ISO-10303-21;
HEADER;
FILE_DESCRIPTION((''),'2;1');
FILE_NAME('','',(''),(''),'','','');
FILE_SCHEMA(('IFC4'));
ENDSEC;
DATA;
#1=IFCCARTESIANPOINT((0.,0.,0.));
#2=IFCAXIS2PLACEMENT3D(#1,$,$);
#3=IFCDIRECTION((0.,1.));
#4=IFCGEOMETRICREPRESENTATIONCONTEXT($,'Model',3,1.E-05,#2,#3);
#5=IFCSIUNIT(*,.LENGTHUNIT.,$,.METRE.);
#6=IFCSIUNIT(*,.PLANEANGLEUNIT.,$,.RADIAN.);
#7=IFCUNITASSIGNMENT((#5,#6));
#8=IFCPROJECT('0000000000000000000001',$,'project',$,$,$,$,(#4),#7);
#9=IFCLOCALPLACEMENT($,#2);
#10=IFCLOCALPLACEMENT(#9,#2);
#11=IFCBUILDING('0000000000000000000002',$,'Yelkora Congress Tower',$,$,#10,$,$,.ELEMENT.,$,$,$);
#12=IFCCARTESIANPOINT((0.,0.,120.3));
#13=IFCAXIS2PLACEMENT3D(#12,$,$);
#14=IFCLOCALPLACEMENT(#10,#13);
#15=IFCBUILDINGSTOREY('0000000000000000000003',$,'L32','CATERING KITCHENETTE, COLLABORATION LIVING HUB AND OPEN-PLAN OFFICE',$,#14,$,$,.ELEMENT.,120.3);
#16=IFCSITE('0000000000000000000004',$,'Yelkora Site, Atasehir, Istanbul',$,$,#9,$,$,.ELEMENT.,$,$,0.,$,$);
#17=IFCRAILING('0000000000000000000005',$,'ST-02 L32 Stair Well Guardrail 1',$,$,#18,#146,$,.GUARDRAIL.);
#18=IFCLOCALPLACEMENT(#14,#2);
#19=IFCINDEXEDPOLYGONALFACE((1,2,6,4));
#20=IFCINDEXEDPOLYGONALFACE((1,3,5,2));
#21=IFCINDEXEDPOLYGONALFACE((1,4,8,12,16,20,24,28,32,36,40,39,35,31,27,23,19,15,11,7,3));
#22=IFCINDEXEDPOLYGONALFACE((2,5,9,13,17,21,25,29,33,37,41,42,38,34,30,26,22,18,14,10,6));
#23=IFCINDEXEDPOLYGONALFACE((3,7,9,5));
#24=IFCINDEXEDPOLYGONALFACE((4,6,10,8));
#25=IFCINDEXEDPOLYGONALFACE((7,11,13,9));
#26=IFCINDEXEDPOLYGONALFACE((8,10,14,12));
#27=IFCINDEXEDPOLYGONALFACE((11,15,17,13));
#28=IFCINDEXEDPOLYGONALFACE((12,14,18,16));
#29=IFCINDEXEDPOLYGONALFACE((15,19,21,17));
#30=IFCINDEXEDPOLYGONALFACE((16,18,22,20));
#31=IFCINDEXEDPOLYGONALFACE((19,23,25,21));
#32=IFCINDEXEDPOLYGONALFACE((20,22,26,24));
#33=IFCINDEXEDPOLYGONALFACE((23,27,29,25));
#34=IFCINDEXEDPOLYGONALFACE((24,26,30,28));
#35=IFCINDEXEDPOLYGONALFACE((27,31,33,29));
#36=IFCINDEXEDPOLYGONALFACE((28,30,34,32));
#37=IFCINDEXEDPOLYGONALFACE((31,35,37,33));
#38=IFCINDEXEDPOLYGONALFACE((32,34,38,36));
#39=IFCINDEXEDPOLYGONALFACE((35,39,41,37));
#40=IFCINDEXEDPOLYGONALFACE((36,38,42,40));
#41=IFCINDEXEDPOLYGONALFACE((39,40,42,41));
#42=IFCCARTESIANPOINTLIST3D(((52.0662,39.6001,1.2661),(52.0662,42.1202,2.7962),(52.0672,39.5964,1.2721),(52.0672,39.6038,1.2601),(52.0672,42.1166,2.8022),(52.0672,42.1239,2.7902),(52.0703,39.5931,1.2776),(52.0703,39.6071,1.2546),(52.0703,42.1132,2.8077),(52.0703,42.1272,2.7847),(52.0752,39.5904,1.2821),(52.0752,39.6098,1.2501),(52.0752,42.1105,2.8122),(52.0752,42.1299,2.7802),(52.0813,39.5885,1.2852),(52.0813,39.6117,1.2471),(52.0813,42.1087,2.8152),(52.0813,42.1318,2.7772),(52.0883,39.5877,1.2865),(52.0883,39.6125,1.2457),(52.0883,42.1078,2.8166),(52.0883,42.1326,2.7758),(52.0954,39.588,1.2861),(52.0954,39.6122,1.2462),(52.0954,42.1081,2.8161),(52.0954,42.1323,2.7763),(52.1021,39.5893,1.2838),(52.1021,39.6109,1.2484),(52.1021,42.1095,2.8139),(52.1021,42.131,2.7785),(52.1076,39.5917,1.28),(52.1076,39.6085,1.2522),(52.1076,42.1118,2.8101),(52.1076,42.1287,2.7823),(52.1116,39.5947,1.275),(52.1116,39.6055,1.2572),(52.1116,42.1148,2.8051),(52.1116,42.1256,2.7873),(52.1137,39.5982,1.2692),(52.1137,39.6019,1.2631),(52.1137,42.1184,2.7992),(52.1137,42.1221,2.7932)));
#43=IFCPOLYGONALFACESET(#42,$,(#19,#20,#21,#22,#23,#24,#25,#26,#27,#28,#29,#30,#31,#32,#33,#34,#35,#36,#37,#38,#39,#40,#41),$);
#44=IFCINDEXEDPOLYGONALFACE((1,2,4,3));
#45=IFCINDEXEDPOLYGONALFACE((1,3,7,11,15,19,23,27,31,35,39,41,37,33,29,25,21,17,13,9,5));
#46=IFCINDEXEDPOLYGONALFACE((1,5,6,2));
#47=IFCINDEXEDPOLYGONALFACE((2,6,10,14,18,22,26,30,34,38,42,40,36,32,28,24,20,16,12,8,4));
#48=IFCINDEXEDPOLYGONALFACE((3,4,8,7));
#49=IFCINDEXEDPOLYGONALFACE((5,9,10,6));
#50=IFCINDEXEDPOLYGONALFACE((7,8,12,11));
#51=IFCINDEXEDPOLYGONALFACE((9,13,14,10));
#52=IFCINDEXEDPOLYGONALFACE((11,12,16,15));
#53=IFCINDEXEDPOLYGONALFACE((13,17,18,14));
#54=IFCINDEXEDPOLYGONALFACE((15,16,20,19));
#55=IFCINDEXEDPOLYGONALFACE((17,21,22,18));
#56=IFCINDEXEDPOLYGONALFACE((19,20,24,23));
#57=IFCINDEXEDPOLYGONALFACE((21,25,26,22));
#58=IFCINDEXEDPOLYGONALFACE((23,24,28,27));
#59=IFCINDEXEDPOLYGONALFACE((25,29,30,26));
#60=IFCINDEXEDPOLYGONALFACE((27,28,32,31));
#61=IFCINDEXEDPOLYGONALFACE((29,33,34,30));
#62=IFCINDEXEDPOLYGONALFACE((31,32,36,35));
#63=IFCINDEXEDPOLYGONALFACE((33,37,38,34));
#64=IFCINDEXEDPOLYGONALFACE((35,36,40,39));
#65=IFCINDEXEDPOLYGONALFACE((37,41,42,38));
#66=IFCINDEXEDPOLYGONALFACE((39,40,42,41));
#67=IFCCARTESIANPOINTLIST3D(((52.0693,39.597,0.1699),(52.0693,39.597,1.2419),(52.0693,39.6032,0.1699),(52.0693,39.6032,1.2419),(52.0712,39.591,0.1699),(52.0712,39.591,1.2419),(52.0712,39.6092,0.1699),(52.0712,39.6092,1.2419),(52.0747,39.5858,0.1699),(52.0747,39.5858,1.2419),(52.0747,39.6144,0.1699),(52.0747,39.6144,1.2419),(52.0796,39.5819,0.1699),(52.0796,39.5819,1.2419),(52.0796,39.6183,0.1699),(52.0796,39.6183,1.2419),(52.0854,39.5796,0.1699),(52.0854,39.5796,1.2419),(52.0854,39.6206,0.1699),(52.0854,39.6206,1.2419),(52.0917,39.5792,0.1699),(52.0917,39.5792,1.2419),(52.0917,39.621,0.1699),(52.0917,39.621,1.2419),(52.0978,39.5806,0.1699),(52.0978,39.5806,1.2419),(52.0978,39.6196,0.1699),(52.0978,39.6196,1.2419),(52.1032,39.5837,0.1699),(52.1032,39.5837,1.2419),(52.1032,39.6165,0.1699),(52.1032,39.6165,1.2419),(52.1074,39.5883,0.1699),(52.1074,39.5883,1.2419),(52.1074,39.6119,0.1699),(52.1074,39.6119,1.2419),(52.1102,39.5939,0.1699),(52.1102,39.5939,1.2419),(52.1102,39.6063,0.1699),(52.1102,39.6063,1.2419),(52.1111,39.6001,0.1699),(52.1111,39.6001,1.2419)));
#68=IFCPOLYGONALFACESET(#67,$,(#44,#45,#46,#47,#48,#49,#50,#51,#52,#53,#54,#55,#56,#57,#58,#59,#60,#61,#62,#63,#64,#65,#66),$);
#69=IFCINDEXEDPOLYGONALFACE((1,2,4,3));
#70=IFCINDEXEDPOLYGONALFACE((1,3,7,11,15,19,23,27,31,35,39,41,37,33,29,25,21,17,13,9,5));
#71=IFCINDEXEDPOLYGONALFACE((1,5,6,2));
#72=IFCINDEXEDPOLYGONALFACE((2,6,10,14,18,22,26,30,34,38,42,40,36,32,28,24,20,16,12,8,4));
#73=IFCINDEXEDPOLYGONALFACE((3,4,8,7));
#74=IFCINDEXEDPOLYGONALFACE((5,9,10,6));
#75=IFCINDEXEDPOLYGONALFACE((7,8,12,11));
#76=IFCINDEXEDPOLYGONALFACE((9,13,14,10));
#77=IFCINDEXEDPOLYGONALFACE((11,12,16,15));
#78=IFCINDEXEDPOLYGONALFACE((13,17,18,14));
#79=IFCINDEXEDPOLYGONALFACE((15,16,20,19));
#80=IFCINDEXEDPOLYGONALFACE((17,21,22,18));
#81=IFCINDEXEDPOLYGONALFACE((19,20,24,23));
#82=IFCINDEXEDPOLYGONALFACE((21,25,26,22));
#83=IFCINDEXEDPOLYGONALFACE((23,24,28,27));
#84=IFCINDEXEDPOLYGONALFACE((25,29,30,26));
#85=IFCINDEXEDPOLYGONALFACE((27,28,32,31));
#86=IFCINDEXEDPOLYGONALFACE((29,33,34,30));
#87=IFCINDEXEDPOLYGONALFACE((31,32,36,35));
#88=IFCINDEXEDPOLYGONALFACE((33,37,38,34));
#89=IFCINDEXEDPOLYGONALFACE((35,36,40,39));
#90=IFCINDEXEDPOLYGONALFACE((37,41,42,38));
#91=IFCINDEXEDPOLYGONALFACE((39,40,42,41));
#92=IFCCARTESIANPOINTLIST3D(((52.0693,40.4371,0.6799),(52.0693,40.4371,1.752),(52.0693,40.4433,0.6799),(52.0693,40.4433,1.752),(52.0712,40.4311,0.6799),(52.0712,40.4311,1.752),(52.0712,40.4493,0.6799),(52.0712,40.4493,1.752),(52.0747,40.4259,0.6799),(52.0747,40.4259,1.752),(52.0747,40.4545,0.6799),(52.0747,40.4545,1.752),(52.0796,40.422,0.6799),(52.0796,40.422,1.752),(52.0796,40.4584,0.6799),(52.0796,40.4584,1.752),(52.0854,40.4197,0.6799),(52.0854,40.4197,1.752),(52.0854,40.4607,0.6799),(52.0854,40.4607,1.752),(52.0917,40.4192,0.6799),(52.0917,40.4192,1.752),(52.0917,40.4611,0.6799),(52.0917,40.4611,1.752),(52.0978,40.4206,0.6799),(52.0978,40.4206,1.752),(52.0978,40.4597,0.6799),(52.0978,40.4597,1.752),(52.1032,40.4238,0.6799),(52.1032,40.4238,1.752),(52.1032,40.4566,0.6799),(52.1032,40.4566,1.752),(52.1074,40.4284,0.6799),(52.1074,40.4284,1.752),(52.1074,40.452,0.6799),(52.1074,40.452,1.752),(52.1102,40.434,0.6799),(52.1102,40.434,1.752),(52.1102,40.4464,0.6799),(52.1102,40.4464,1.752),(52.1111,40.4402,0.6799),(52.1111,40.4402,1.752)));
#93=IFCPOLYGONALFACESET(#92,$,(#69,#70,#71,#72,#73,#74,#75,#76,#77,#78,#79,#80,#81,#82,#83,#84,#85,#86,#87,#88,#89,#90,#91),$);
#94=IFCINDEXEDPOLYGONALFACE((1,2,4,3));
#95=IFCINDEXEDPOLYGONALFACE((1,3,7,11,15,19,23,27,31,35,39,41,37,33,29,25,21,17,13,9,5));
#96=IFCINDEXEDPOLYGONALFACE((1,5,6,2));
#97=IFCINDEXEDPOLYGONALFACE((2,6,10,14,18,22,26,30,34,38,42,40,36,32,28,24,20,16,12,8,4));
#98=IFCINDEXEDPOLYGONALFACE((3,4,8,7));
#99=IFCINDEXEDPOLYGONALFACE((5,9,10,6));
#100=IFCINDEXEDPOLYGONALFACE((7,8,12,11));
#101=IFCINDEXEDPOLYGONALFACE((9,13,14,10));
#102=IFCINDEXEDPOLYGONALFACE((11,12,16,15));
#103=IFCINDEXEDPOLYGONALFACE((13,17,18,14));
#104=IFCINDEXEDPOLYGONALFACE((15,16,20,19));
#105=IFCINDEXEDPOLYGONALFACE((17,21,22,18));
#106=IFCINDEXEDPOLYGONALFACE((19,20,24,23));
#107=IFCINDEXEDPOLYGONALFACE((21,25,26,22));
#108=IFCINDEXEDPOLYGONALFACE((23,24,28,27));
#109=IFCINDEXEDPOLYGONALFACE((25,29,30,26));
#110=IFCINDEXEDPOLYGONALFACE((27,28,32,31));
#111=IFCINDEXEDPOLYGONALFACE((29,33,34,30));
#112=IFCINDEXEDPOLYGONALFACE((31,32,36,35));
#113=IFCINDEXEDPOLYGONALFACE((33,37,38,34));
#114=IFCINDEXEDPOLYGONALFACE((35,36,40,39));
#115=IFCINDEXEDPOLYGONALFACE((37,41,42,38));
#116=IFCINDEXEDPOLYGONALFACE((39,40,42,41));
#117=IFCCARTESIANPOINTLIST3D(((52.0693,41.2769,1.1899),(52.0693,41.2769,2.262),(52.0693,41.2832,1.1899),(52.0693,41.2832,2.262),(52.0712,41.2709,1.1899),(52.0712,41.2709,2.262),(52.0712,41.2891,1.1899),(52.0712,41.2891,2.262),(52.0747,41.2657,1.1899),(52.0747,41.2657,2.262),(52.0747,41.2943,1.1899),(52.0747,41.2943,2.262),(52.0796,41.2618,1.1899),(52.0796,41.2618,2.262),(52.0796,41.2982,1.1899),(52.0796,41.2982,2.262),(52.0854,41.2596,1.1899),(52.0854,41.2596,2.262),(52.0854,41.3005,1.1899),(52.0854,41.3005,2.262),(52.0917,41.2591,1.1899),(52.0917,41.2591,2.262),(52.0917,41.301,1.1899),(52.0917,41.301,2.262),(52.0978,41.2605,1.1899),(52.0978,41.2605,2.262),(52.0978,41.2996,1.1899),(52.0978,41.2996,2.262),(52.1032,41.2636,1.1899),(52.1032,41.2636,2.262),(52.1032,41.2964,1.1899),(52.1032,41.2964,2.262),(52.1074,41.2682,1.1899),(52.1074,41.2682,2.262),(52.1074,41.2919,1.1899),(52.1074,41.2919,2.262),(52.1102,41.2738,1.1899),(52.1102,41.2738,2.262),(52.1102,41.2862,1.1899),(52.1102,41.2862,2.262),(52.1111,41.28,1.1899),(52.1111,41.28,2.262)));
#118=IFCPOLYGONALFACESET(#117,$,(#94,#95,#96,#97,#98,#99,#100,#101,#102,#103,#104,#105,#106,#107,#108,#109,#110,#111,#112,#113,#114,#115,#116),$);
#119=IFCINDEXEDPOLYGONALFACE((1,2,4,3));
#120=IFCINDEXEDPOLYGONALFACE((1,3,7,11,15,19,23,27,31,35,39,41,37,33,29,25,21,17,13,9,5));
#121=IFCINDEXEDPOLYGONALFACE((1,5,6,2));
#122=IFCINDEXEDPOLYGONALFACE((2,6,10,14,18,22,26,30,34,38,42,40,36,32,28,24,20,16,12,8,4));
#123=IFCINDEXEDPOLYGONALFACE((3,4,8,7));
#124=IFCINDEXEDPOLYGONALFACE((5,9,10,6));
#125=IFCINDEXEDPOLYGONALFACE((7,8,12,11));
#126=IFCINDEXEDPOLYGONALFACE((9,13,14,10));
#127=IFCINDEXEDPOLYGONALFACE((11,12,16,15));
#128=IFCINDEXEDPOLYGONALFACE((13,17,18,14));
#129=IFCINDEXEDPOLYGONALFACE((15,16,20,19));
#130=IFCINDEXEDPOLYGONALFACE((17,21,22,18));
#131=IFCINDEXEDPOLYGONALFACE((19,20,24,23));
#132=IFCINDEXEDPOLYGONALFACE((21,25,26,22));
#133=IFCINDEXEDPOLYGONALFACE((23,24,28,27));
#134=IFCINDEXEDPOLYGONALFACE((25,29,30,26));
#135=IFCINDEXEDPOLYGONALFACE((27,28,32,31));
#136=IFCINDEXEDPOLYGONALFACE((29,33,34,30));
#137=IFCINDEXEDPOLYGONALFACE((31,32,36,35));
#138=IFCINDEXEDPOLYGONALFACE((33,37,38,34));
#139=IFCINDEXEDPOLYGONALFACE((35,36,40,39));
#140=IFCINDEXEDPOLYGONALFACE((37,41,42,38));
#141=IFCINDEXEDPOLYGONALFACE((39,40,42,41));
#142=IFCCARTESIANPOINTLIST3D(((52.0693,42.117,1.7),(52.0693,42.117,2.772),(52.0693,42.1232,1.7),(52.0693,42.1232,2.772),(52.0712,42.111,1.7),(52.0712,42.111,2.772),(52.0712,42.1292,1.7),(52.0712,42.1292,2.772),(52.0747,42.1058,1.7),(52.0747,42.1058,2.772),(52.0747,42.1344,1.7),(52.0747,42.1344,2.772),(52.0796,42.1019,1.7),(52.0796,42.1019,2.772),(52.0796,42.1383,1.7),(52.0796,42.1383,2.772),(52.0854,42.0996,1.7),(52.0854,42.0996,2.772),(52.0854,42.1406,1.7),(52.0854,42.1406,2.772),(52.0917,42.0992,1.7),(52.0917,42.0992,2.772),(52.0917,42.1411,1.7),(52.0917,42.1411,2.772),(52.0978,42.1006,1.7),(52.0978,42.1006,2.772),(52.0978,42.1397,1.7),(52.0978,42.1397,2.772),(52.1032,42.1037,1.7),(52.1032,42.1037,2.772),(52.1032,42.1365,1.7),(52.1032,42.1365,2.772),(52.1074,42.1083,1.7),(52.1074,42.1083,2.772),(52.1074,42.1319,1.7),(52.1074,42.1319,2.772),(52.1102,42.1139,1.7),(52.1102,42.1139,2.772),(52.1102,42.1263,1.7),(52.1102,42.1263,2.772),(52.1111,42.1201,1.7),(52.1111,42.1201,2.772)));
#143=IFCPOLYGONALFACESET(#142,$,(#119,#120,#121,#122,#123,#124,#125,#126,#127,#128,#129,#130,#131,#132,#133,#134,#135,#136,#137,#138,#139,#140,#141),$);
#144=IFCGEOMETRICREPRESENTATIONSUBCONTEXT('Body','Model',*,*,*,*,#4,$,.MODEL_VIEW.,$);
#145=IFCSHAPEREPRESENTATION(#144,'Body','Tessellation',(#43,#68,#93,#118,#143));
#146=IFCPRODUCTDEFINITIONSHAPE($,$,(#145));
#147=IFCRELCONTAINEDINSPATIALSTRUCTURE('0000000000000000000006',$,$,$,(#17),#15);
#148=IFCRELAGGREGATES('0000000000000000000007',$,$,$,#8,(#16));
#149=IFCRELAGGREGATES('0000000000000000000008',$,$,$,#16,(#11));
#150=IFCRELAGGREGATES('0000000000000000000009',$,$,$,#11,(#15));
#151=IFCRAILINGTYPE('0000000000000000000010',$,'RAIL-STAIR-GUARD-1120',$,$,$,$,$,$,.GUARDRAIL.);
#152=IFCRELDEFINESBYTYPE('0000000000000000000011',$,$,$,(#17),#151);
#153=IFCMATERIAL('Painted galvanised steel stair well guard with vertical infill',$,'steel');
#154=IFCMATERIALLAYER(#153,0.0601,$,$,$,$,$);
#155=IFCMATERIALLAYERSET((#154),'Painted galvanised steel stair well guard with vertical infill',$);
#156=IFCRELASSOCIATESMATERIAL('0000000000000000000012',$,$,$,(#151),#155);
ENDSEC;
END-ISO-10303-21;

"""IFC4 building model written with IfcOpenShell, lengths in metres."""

from ifc_helpers import new_model, si_unit, direction, frame, origin, origin_2d, place, context, subcontext, project, spatial, circle, extrude, material, layer, layer_set, type_object, element, save


model = new_model("IFC4")

# Units and contexts
model_context = context("Model", 3, precision=1e-05, world=origin(), true_north=direction((0.0, 1.0)))
body_context = subcontext(model_context, "Body", "Model", "MODEL_VIEW")
ifc_project = project(units=[si_unit("LENGTHUNIT", "METRE"), si_unit("PLANEANGLEUNIT", "RADIAN")], contexts=[model_context])

# Site, building, storey
site_placement = place(None, origin())
site = spatial("IfcSite", under=ifc_project, at=site_placement, Name="Yelkora Site, Atasehir, Istanbul", CompositionType="ELEMENT", RefElevation=0.0)
building_placement = place(site_placement, origin())
building = spatial("IfcBuilding", under=site, at=building_placement, Name="Yelkora Congress Tower", CompositionType="ELEMENT")
storey_placement = place(building_placement, frame((0.0, 0.0, 120.3)))
storey = spatial("IfcBuildingStorey", under=building, at=storey_placement, Name="L32", Description="CATERING KITCHENETTE, COLLABORATION LIVING HUB AND OPEN-PLAN OFFICE", CompositionType="ELEMENT", Elevation=120.3)

# Railing
ifc_material_1 = material(Name="Painted galvanised steel stair well guard with vertical infill", Category="steel")
ifc_layer_1 = layer(ifc_material_1, 0.0601)
ifc_layer_set_1 = layer_set([ifc_layer_1], Name="Painted galvanised steel stair well guard with vertical infill")
railing_type_1 = type_object("IfcRailingType", Name="RAIL-STAIR-GUARD-1120", PredefinedType="GUARDRAIL", material=ifc_layer_set_1)
railing_1_placement = place(storey_placement, frame((52.0901, 39.6001, 0.1699)))
element("IfcRailing", 1, at=railing_1_placement, inside=storey, type_object=railing_type_1, Name="ST-02 L32 Stair Well Guardrail 1", PredefinedType="GUARDRAIL", context=body_context, shape_type="SweptSolid", body=[
    extrude(circle(Radius=0.0239, at=origin_2d()), frame((0.0, 0.0, 1.0962), z_axis=(0.0, 0.854785, 0.518982), x_axis=(-1.0, 0.0, 0.0)), (0.0, 0.0, 1.0), 2.9482),
    extrude(circle(Radius=0.021, at=origin_2d()), origin(), (0.0, 0.0, 1.0), 1.072),
    extrude(circle(Radius=0.021, at=origin_2d()), frame((0.0, 0.8401, 0.51)), (0.0, 0.0, 1.0), 1.072),
    extrude(circle(Radius=0.021, at=origin_2d()), frame((0.0, 1.6799, 1.02)), (0.0, 0.0, 1.0), 1.072),
    extrude(circle(Radius=0.021, at=origin_2d()), frame((0.0, 2.52, 1.53)), (0.0, 0.0, 1.0), 1.072),
])

save(model, "model.ifc")
